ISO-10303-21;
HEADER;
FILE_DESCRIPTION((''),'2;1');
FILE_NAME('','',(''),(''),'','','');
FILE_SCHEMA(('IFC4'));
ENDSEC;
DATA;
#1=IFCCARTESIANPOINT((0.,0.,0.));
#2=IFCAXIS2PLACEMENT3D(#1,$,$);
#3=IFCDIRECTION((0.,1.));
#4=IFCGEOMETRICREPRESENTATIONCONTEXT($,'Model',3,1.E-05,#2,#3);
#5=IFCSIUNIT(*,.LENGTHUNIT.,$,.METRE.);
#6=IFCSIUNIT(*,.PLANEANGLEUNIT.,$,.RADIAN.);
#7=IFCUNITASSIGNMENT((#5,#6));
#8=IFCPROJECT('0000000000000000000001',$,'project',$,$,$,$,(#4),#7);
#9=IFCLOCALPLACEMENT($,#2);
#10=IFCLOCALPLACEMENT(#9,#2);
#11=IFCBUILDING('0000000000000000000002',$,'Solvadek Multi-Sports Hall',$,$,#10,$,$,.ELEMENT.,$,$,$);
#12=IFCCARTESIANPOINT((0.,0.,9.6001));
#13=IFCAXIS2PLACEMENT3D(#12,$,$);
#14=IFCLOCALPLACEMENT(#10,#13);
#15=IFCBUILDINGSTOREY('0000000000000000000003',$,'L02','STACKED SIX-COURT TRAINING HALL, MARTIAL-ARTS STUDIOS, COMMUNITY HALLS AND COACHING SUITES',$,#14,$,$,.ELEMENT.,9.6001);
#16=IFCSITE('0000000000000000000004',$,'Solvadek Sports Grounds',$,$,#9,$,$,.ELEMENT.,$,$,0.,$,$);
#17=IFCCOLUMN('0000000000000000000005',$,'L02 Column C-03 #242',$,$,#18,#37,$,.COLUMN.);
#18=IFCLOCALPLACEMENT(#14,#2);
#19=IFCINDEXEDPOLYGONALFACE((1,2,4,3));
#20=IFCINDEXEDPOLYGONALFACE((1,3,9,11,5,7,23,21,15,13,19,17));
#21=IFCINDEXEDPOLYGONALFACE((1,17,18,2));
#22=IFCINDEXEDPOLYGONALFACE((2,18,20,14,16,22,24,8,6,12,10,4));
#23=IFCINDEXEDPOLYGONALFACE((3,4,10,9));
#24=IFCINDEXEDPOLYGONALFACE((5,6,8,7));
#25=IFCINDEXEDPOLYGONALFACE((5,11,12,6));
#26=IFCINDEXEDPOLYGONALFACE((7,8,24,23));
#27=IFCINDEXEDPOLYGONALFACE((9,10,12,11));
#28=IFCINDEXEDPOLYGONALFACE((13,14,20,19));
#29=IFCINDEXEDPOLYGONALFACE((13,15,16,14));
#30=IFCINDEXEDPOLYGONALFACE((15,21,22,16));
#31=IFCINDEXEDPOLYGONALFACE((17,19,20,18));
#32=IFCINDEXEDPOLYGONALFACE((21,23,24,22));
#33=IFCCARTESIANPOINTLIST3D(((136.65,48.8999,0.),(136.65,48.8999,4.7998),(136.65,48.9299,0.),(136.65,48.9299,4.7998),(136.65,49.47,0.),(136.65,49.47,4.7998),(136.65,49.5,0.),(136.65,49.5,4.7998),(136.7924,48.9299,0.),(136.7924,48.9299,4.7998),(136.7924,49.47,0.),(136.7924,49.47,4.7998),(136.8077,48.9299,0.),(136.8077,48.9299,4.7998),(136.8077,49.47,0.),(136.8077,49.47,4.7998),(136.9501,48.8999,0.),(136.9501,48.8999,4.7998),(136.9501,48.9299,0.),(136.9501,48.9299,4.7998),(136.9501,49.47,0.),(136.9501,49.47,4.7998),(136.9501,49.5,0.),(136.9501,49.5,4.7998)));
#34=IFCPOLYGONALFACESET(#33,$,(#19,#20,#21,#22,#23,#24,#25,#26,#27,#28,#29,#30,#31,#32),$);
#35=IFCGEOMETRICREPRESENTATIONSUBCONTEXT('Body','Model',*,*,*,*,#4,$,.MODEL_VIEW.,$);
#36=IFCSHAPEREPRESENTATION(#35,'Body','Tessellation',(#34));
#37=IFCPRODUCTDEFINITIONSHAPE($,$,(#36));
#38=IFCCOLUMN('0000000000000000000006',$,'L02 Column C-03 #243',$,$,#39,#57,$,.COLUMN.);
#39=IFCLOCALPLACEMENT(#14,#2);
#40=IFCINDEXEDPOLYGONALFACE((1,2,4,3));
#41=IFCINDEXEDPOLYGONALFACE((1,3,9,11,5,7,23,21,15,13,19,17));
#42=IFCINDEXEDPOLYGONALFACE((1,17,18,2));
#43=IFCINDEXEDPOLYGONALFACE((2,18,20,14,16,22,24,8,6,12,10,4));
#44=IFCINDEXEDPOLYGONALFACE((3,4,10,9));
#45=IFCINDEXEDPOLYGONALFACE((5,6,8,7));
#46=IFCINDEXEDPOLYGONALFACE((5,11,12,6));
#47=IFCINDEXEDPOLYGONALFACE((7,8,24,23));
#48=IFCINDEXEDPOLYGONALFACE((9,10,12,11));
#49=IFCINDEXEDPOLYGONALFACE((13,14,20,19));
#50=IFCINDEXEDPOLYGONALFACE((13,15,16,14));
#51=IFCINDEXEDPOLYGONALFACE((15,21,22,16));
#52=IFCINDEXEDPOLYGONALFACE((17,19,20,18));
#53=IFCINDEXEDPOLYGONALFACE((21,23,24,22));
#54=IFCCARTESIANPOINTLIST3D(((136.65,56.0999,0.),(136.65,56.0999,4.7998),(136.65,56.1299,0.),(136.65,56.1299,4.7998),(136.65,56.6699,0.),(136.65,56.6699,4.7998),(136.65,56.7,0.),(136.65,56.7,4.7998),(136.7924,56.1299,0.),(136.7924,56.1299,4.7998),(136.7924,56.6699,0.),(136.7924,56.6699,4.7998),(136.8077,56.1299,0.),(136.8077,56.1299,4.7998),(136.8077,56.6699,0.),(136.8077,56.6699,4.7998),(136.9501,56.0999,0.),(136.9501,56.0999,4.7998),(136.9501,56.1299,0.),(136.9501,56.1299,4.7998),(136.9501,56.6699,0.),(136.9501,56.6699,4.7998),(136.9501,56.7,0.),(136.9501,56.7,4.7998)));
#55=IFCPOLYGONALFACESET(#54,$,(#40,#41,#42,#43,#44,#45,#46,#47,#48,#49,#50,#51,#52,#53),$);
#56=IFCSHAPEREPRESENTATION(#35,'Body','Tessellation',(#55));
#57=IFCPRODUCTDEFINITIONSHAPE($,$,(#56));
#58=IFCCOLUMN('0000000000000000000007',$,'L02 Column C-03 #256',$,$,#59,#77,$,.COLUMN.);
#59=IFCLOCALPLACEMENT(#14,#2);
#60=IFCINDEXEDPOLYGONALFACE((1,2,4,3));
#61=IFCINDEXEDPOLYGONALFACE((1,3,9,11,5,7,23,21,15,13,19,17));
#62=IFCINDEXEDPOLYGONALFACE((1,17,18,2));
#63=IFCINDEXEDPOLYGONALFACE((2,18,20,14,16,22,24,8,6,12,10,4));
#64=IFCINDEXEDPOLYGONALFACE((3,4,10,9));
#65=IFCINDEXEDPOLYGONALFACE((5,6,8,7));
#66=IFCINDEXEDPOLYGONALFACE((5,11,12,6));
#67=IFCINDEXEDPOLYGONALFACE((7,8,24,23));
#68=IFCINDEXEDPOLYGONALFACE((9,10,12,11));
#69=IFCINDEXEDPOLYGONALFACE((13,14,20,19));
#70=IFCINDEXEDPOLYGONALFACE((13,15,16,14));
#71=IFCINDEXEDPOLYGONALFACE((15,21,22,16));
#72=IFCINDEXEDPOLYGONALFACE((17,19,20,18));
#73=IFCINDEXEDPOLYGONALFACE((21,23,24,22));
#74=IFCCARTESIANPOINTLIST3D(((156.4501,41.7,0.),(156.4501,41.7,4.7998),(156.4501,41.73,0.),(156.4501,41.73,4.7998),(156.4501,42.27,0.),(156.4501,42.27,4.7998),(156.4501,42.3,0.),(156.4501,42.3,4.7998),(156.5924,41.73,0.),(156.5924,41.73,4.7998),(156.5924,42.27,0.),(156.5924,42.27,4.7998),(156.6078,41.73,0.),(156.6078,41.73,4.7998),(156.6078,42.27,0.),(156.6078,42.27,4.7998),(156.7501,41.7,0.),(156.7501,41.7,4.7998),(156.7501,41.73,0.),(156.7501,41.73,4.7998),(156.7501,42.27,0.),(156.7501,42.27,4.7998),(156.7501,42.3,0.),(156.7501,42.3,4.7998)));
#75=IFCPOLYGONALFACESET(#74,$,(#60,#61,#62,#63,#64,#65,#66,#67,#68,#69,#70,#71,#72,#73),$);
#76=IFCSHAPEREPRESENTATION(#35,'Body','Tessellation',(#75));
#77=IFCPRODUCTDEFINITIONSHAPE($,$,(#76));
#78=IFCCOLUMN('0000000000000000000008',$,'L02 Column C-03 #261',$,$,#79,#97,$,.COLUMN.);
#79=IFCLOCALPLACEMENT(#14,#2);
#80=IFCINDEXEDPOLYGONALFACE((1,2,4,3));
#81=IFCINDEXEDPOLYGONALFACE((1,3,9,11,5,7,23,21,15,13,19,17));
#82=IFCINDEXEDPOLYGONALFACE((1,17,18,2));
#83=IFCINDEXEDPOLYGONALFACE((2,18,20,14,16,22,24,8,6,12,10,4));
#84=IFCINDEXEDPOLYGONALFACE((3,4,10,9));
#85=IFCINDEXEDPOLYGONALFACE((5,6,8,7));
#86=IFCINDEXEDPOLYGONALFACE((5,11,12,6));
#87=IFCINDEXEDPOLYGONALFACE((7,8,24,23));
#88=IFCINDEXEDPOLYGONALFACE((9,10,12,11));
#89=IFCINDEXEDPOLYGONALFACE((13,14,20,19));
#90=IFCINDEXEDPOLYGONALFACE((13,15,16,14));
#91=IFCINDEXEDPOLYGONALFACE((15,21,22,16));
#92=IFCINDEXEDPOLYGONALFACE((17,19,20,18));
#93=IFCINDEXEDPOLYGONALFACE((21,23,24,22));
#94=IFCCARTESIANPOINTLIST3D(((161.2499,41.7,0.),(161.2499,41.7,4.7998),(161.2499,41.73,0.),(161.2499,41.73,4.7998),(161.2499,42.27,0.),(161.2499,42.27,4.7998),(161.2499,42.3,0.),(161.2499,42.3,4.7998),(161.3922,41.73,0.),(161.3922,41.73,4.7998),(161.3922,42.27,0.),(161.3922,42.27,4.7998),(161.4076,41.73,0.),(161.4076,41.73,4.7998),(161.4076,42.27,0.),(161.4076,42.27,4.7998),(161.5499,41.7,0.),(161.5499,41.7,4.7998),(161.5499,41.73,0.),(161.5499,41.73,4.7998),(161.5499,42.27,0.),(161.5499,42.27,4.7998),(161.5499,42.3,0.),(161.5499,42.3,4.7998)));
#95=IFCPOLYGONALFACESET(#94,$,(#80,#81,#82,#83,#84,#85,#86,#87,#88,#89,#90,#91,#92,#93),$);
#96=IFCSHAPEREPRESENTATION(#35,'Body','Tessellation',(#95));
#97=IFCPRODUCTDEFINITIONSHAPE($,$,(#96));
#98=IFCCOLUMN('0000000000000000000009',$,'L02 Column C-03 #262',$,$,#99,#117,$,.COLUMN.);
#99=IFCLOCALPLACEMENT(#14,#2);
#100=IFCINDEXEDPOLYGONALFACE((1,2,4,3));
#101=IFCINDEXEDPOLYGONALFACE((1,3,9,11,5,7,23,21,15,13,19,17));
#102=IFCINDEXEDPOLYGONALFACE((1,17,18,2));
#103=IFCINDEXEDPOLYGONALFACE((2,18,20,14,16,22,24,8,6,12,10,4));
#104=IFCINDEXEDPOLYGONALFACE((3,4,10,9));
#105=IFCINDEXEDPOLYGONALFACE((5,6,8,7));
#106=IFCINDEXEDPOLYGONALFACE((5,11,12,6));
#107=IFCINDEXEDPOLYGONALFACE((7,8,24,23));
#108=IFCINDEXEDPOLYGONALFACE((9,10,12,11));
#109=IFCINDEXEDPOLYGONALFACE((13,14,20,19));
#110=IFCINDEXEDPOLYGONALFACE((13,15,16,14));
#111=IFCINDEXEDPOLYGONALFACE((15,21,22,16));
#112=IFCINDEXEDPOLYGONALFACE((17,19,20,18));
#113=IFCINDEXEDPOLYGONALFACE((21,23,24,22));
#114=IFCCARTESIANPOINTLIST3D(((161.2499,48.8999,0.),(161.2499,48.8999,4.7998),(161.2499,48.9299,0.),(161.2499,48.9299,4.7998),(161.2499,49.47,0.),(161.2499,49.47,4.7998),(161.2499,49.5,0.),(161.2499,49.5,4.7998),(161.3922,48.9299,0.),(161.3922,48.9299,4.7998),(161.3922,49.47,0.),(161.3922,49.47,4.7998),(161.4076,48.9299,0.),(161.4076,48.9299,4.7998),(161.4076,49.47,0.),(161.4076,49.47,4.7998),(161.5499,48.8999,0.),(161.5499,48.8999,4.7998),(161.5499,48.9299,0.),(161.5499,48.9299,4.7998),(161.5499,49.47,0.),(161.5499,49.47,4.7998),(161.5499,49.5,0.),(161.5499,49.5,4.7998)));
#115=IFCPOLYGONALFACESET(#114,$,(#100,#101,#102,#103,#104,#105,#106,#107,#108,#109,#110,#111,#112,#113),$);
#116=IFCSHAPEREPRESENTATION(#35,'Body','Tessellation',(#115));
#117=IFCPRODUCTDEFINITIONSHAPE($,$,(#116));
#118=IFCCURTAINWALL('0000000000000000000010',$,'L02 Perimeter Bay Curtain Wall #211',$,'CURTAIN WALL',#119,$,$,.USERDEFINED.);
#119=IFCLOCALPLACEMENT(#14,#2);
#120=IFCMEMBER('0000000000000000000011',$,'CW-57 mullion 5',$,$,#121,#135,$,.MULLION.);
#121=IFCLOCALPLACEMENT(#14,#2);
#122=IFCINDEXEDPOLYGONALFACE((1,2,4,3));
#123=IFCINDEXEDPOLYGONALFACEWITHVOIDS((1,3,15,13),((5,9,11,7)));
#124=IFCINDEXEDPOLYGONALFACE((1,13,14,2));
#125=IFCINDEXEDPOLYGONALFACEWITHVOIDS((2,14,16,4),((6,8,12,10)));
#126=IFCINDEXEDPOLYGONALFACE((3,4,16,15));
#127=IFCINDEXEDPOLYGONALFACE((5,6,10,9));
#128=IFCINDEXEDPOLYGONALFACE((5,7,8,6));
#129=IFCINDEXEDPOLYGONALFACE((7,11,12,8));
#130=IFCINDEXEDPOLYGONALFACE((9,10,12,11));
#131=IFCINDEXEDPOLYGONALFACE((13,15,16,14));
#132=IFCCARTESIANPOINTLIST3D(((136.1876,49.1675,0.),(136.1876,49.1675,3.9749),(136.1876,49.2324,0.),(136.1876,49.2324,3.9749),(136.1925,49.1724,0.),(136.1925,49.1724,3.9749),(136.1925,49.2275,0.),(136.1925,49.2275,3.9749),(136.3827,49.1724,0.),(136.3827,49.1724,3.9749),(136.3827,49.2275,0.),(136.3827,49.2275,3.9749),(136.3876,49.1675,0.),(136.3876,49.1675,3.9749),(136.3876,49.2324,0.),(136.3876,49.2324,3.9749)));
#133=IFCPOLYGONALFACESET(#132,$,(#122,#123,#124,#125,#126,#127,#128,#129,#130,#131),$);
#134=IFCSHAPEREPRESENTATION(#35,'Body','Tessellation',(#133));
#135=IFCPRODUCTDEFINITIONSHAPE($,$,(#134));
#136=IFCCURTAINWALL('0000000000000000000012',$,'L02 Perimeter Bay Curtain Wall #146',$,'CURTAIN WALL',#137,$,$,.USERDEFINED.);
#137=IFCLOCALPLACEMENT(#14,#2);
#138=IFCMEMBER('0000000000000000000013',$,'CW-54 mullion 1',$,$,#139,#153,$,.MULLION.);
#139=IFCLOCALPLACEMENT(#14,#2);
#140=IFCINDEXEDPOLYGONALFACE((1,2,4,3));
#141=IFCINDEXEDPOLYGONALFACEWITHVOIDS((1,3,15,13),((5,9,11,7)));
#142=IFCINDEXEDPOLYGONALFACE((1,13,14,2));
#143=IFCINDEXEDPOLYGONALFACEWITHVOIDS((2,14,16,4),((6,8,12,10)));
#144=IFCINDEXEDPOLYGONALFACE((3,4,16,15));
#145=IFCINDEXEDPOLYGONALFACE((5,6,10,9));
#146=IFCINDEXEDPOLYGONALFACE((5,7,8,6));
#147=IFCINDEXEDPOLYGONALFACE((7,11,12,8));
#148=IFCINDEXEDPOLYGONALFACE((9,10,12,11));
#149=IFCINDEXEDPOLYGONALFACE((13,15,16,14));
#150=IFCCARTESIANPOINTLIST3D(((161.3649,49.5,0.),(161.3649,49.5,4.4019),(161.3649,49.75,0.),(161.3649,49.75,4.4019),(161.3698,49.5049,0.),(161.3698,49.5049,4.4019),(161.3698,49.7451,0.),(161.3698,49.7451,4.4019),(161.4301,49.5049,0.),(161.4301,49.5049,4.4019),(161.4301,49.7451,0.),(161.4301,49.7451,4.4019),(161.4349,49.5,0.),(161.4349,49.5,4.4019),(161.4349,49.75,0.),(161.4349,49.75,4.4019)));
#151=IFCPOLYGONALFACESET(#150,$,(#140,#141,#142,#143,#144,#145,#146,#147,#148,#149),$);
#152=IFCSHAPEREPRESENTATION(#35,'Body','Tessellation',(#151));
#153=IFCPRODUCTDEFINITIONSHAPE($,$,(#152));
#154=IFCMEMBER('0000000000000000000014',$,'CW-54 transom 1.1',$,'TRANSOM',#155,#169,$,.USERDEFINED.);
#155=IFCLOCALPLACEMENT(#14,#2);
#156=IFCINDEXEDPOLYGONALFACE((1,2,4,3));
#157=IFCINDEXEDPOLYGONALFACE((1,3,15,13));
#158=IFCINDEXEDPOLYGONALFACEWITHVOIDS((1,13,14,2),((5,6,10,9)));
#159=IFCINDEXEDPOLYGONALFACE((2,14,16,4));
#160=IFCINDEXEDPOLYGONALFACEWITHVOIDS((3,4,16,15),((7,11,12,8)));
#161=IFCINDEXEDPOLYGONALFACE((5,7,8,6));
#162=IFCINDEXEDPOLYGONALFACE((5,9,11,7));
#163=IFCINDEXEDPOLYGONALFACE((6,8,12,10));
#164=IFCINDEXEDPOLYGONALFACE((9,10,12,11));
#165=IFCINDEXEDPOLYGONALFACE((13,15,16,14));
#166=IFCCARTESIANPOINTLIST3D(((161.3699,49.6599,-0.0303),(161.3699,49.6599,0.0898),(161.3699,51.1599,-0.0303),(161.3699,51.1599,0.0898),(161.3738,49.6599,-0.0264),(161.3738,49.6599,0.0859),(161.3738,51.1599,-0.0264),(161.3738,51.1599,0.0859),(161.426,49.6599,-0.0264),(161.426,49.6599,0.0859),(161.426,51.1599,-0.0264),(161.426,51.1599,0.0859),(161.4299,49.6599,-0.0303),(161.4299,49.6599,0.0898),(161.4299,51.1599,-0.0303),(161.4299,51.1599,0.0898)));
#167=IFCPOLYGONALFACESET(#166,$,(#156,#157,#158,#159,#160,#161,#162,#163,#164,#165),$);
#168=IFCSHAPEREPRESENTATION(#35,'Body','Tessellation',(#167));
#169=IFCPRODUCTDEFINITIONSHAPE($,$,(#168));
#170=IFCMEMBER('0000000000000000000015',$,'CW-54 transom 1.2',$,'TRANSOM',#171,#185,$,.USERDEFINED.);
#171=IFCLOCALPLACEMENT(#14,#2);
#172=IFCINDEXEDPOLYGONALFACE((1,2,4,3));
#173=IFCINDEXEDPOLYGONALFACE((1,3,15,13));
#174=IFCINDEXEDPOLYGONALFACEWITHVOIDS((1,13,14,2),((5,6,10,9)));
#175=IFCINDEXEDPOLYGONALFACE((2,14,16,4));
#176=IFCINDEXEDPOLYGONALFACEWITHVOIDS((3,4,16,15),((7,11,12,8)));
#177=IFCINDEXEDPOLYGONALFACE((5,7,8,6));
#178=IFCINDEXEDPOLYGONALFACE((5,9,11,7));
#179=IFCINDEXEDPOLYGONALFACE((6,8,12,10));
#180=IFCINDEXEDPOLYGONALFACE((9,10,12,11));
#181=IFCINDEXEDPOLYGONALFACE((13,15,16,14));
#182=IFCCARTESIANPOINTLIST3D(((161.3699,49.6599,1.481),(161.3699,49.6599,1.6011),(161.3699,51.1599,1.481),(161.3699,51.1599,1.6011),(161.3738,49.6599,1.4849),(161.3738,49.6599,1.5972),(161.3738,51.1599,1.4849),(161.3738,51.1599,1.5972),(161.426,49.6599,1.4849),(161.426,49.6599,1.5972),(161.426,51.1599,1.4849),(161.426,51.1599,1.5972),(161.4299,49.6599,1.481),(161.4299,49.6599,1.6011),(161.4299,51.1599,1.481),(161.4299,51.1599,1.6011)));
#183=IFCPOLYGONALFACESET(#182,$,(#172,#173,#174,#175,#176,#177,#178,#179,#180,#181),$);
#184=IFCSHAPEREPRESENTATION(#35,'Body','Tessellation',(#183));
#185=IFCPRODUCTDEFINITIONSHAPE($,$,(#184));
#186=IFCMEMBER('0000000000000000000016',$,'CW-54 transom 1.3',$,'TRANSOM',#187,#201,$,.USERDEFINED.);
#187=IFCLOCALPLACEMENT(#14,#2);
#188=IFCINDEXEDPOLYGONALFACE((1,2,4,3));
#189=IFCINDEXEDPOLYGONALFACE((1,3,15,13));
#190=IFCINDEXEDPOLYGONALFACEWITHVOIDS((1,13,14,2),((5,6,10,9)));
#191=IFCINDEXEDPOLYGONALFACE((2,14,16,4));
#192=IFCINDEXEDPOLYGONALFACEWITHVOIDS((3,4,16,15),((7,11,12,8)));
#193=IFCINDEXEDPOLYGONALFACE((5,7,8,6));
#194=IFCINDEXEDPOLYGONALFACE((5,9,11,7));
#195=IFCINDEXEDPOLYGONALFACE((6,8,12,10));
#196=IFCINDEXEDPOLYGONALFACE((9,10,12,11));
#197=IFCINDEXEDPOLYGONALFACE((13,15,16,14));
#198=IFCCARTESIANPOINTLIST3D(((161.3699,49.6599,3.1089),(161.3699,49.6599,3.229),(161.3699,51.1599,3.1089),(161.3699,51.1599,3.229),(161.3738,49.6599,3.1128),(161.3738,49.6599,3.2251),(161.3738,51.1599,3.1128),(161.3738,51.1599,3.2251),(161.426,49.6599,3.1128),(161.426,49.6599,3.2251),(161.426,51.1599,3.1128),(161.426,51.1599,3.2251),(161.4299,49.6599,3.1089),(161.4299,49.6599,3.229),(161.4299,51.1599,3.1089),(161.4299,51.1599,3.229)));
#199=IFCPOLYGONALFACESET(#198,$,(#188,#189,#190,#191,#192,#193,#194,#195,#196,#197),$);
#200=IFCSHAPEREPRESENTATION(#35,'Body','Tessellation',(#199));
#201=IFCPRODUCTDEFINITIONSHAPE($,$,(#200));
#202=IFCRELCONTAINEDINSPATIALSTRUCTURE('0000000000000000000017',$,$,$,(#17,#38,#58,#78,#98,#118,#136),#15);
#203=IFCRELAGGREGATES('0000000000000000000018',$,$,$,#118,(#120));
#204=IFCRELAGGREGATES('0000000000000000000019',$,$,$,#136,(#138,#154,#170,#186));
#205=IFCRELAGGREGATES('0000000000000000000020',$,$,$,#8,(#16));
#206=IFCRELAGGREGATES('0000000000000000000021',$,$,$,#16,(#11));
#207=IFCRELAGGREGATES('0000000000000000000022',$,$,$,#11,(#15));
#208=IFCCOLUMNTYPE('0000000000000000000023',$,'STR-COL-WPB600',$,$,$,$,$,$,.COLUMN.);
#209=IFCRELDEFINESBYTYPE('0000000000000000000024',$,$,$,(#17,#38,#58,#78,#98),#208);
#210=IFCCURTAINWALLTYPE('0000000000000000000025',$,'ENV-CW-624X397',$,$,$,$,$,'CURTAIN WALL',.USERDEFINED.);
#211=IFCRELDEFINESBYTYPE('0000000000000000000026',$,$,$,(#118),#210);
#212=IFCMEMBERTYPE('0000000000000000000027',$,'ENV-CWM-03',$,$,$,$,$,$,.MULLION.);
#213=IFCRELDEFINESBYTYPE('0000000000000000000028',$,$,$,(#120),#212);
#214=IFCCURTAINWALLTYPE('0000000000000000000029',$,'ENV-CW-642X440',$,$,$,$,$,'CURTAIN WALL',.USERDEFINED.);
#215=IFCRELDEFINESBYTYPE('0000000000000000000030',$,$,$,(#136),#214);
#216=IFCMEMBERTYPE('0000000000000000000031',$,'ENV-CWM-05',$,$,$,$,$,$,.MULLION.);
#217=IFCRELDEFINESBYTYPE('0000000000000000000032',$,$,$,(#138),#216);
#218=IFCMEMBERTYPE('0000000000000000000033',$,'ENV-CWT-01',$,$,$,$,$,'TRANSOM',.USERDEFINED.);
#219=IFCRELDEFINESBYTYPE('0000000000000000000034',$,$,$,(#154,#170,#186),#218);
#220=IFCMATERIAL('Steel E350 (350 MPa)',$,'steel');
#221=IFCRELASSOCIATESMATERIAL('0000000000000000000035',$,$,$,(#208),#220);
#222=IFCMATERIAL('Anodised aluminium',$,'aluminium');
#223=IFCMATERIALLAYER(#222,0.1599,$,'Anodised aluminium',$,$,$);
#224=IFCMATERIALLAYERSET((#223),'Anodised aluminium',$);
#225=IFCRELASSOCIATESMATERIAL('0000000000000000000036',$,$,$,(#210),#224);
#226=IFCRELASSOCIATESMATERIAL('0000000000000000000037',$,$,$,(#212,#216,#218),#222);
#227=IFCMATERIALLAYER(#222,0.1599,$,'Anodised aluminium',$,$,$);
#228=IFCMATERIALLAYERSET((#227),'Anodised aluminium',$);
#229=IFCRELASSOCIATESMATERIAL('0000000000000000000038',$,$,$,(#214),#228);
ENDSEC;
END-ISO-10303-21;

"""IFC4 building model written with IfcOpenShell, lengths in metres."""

from ifc_helpers import new_model, si_unit, direction, frame, origin, origin_2d, place, context, subcontext, project, spatial, hollow_rectangle, i_section, extrude, material, layer, layer_set, material_profile, profile_set, type_object, element, aggregate, save


model = new_model("IFC4")

# Units and contexts
model_context = context("Model", 3, precision=1e-05, world=origin(), true_north=direction((0.0, 1.0)))
body_context = subcontext(model_context, "Body", "Model", "MODEL_VIEW")
ifc_project = project(units=[si_unit("LENGTHUNIT", "METRE"), si_unit("PLANEANGLEUNIT", "RADIAN")], contexts=[model_context])

# Site, building, storey
site_placement = place(None, origin())
site = spatial("IfcSite", under=ifc_project, at=site_placement, Name="Solvadek Sports Grounds", CompositionType="ELEMENT", RefElevation=0.0)
building_placement = place(site_placement, origin())
building = spatial("IfcBuilding", under=site, at=building_placement, Name="Solvadek Multi-Sports Hall", CompositionType="ELEMENT")
storey_placement = place(building_placement, frame((0.0, 0.0, 9.6001)))
storey = spatial("IfcBuildingStorey", under=building, at=storey_placement, Name="L02", Description="STACKED SIX-COURT TRAINING HALL, MARTIAL-ARTS STUDIOS, COMMUNITY HALLS AND COACHING SUITES", CompositionType="ELEMENT", Elevation=9.6001)

# Columns
ifc_material_1 = material(Name="Steel E350 (350 MPa)", Category="steel")
ifc_material_profile_1 = material_profile(ifc_material_1, i_section(OverallWidth=0.3, OverallDepth=0.6001, WebThickness=0.0154, FlangeThickness=0.03, at=origin_2d()), Name="WPB 600")
ifc_profile_set_1 = profile_set([ifc_material_profile_1], Name="Steel E350 (350 MPa)")
column_type = type_object("IfcColumnType", Name="STR-COL-WPB600", PredefinedType="COLUMN", material=ifc_profile_set_1)
for number, where, z_axis, x_axis, name in (
    (1, (136.8, 49.2, 0.0), (0.0, 0.0, 1.0), (1.0, 0.0, 0.0), "L02 Column C-03 #242"),
    (2, (136.8, 56.3999, 0.0), (0.0, 0.0, 1.0), (1.0, 0.0, 0.0), "L02 Column C-03 #243"),
    (3, (156.6001, 42.0, 0.0), (0.0, 0.0, 1.0), (1.0, 0.0, 0.0), "L02 Column C-03 #256"),
    (4, (161.3999, 42.0, 0.0), (0.0, 0.0, 1.0), (1.0, 0.0, 0.0), "L02 Column C-03 #261"),
    (5, (161.3999, 49.2, 0.0), (0.0, 0.0, 1.0), (1.0, 0.0, 0.0), "L02 Column C-03 #262"),
):
    element("IfcColumn", number, at=place(storey_placement, frame(where, z_axis=z_axis, x_axis=x_axis)), inside=storey, type_object=column_type, Name=name, PredefinedType="COLUMN", context=body_context, shape_type="SweptSolid", body=[
        extrude(i_section(OverallWidth=0.3, OverallDepth=0.6001, WebThickness=0.0154, FlangeThickness=0.03, at=origin_2d()), origin(), (0.0, 0.0, 1.0), 4.7998),
    ])

# Curtain wall, member
ifc_material_2 = material(Name="Anodised aluminium", Category="aluminium")
ifc_layer_1 = layer(ifc_material_2, 0.1599, Name="Anodised aluminium")
ifc_layer_set_1 = layer_set([ifc_layer_1], Name="Anodised aluminium")
curtain_wall_type_1 = type_object("IfcCurtainWallType", Name="ENV-CW-624X397", ElementType="CURTAIN WALL", PredefinedType="USERDEFINED", material=ifc_layer_set_1)
curtain_wall_1_placement = place(storey_placement, origin())
curtain_wall_1 = element("IfcCurtainWall", 6, at=curtain_wall_1_placement, inside=storey, type_object=curtain_wall_type_1, Name="L02 Perimeter Bay Curtain Wall #211", ObjectType="CURTAIN WALL", PredefinedType="USERDEFINED")
ifc_material_profile_2 = material_profile(ifc_material_2, hollow_rectangle(XDim=0.0649, YDim=0.2, WallThickness=0.0049, at=origin_2d()), Name="ALU-M 200x65x5")
ifc_profile_set_2 = profile_set([ifc_material_profile_2], Name="Anodised aluminium")
member_type_1 = type_object("IfcMemberType", Name="ENV-CWM-03", PredefinedType="MULLION", material=ifc_profile_set_2)
member_1_placement = place(storey_placement, frame((136.2876, 49.2, 0.0), z_axis=(0.0, 0.0, 1.0), x_axis=(0.0, 1.0, 0.0)))
member_1 = element("IfcMember", 7, at=member_1_placement, type_object=member_type_1, Name="CW-57 mullion 5", PredefinedType="MULLION", context=body_context, shape_type="SweptSolid", body=[
    extrude(hollow_rectangle(XDim=0.0649, YDim=0.2, WallThickness=0.0049, at=origin_2d()), origin(), (0.0, 0.0, 1.0), 3.9749),
])

# Curtain wall, members
ifc_layer_2 = layer(ifc_material_2, 0.1599, Name="Anodised aluminium")
ifc_layer_set_2 = layer_set([ifc_layer_2], Name="Anodised aluminium")
curtain_wall_type_2 = type_object("IfcCurtainWallType", Name="ENV-CW-642X440", ElementType="CURTAIN WALL", PredefinedType="USERDEFINED", material=ifc_layer_set_2)
curtain_wall_2_placement = place(storey_placement, origin())
curtain_wall_2 = element("IfcCurtainWall", 8, at=curtain_wall_2_placement, inside=storey, type_object=curtain_wall_type_2, Name="L02 Perimeter Bay Curtain Wall #146", ObjectType="CURTAIN WALL", PredefinedType="USERDEFINED")
ifc_material_profile_3 = material_profile(ifc_material_2, hollow_rectangle(XDim=0.0701, YDim=0.25, WallThickness=0.0049, at=origin_2d()), Name="ALU-M 250x70x5")
ifc_profile_set_3 = profile_set([ifc_material_profile_3], Name="Anodised aluminium")
member_type_2 = type_object("IfcMemberType", Name="ENV-CWM-05", PredefinedType="MULLION", material=ifc_profile_set_3)
member_2_placement = place(storey_placement, frame((161.3999, 49.625, 0.0), z_axis=(0.0, 0.0, 1.0), x_axis=(-1.0, 0.0, 0.0)))
member_2 = element("IfcMember", 9, at=member_2_placement, type_object=member_type_2, Name="CW-54 mullion 1", PredefinedType="MULLION", context=body_context, shape_type="SweptSolid", body=[
    extrude(hollow_rectangle(XDim=0.0701, YDim=0.25, WallThickness=0.0049, at=origin_2d()), origin(), (0.0, 0.0, 1.0), 4.4019),
])
ifc_material_profile_4 = material_profile(ifc_material_2, hollow_rectangle(XDim=0.0601, YDim=0.1201, WallThickness=0.0039, at=origin_2d()), Name="ALU-T 120x60x4")
ifc_profile_set_4 = profile_set([ifc_material_profile_4], Name="Anodised aluminium")
member_type_3 = type_object("IfcMemberType", Name="ENV-CWT-01", ElementType="TRANSOM", PredefinedType="USERDEFINED", material=ifc_profile_set_4)
member_3_placement = place(storey_placement, frame((161.3999, 49.6599, 0.0298), z_axis=(0.0, 1.0, 0.0), x_axis=(-1.0, 0.0, 0.0)))
member_3 = element("IfcMember", 10, at=member_3_placement, type_object=member_type_3, Name="CW-54 transom 1.1", ObjectType="TRANSOM", PredefinedType="USERDEFINED", context=body_context, shape_type="SweptSolid", body=[
    extrude(hollow_rectangle(XDim=0.0601, YDim=0.1201, WallThickness=0.0039, at=origin_2d()), origin(), (0.0, 0.0, 1.0), 1.5),
])
member_4_placement = place(storey_placement, frame((161.3999, 49.6599, 1.541), z_axis=(0.0, 1.0, 0.0), x_axis=(-1.0, 0.0, 0.0)))
member_4 = element("IfcMember", 11, at=member_4_placement, type_object=member_type_3, Name="CW-54 transom 1.2", ObjectType="TRANSOM", PredefinedType="USERDEFINED", context=body_context, shape_type="SweptSolid", body=[
    extrude(hollow_rectangle(XDim=0.0601, YDim=0.1201, WallThickness=0.0039, at=origin_2d()), origin(), (0.0, 0.0, 1.0), 1.5),
])
member_5_placement = place(storey_placement, frame((161.3999, 49.6599, 3.1689), z_axis=(0.0, 1.0, 0.0), x_axis=(-1.0, 0.0, 0.0)))
member_5 = element("IfcMember", 12, at=member_5_placement, type_object=member_type_3, Name="CW-54 transom 1.3", ObjectType="TRANSOM", PredefinedType="USERDEFINED", context=body_context, shape_type="SweptSolid", body=[
    extrude(hollow_rectangle(XDim=0.0601, YDim=0.1201, WallThickness=0.0039, at=origin_2d()), origin(), (0.0, 0.0, 1.0), 1.5),
])

aggregate(curtain_wall_1, [member_1])
aggregate(curtain_wall_2, [member_2, member_3, member_4, member_5])

save(model, "model.ifc")
